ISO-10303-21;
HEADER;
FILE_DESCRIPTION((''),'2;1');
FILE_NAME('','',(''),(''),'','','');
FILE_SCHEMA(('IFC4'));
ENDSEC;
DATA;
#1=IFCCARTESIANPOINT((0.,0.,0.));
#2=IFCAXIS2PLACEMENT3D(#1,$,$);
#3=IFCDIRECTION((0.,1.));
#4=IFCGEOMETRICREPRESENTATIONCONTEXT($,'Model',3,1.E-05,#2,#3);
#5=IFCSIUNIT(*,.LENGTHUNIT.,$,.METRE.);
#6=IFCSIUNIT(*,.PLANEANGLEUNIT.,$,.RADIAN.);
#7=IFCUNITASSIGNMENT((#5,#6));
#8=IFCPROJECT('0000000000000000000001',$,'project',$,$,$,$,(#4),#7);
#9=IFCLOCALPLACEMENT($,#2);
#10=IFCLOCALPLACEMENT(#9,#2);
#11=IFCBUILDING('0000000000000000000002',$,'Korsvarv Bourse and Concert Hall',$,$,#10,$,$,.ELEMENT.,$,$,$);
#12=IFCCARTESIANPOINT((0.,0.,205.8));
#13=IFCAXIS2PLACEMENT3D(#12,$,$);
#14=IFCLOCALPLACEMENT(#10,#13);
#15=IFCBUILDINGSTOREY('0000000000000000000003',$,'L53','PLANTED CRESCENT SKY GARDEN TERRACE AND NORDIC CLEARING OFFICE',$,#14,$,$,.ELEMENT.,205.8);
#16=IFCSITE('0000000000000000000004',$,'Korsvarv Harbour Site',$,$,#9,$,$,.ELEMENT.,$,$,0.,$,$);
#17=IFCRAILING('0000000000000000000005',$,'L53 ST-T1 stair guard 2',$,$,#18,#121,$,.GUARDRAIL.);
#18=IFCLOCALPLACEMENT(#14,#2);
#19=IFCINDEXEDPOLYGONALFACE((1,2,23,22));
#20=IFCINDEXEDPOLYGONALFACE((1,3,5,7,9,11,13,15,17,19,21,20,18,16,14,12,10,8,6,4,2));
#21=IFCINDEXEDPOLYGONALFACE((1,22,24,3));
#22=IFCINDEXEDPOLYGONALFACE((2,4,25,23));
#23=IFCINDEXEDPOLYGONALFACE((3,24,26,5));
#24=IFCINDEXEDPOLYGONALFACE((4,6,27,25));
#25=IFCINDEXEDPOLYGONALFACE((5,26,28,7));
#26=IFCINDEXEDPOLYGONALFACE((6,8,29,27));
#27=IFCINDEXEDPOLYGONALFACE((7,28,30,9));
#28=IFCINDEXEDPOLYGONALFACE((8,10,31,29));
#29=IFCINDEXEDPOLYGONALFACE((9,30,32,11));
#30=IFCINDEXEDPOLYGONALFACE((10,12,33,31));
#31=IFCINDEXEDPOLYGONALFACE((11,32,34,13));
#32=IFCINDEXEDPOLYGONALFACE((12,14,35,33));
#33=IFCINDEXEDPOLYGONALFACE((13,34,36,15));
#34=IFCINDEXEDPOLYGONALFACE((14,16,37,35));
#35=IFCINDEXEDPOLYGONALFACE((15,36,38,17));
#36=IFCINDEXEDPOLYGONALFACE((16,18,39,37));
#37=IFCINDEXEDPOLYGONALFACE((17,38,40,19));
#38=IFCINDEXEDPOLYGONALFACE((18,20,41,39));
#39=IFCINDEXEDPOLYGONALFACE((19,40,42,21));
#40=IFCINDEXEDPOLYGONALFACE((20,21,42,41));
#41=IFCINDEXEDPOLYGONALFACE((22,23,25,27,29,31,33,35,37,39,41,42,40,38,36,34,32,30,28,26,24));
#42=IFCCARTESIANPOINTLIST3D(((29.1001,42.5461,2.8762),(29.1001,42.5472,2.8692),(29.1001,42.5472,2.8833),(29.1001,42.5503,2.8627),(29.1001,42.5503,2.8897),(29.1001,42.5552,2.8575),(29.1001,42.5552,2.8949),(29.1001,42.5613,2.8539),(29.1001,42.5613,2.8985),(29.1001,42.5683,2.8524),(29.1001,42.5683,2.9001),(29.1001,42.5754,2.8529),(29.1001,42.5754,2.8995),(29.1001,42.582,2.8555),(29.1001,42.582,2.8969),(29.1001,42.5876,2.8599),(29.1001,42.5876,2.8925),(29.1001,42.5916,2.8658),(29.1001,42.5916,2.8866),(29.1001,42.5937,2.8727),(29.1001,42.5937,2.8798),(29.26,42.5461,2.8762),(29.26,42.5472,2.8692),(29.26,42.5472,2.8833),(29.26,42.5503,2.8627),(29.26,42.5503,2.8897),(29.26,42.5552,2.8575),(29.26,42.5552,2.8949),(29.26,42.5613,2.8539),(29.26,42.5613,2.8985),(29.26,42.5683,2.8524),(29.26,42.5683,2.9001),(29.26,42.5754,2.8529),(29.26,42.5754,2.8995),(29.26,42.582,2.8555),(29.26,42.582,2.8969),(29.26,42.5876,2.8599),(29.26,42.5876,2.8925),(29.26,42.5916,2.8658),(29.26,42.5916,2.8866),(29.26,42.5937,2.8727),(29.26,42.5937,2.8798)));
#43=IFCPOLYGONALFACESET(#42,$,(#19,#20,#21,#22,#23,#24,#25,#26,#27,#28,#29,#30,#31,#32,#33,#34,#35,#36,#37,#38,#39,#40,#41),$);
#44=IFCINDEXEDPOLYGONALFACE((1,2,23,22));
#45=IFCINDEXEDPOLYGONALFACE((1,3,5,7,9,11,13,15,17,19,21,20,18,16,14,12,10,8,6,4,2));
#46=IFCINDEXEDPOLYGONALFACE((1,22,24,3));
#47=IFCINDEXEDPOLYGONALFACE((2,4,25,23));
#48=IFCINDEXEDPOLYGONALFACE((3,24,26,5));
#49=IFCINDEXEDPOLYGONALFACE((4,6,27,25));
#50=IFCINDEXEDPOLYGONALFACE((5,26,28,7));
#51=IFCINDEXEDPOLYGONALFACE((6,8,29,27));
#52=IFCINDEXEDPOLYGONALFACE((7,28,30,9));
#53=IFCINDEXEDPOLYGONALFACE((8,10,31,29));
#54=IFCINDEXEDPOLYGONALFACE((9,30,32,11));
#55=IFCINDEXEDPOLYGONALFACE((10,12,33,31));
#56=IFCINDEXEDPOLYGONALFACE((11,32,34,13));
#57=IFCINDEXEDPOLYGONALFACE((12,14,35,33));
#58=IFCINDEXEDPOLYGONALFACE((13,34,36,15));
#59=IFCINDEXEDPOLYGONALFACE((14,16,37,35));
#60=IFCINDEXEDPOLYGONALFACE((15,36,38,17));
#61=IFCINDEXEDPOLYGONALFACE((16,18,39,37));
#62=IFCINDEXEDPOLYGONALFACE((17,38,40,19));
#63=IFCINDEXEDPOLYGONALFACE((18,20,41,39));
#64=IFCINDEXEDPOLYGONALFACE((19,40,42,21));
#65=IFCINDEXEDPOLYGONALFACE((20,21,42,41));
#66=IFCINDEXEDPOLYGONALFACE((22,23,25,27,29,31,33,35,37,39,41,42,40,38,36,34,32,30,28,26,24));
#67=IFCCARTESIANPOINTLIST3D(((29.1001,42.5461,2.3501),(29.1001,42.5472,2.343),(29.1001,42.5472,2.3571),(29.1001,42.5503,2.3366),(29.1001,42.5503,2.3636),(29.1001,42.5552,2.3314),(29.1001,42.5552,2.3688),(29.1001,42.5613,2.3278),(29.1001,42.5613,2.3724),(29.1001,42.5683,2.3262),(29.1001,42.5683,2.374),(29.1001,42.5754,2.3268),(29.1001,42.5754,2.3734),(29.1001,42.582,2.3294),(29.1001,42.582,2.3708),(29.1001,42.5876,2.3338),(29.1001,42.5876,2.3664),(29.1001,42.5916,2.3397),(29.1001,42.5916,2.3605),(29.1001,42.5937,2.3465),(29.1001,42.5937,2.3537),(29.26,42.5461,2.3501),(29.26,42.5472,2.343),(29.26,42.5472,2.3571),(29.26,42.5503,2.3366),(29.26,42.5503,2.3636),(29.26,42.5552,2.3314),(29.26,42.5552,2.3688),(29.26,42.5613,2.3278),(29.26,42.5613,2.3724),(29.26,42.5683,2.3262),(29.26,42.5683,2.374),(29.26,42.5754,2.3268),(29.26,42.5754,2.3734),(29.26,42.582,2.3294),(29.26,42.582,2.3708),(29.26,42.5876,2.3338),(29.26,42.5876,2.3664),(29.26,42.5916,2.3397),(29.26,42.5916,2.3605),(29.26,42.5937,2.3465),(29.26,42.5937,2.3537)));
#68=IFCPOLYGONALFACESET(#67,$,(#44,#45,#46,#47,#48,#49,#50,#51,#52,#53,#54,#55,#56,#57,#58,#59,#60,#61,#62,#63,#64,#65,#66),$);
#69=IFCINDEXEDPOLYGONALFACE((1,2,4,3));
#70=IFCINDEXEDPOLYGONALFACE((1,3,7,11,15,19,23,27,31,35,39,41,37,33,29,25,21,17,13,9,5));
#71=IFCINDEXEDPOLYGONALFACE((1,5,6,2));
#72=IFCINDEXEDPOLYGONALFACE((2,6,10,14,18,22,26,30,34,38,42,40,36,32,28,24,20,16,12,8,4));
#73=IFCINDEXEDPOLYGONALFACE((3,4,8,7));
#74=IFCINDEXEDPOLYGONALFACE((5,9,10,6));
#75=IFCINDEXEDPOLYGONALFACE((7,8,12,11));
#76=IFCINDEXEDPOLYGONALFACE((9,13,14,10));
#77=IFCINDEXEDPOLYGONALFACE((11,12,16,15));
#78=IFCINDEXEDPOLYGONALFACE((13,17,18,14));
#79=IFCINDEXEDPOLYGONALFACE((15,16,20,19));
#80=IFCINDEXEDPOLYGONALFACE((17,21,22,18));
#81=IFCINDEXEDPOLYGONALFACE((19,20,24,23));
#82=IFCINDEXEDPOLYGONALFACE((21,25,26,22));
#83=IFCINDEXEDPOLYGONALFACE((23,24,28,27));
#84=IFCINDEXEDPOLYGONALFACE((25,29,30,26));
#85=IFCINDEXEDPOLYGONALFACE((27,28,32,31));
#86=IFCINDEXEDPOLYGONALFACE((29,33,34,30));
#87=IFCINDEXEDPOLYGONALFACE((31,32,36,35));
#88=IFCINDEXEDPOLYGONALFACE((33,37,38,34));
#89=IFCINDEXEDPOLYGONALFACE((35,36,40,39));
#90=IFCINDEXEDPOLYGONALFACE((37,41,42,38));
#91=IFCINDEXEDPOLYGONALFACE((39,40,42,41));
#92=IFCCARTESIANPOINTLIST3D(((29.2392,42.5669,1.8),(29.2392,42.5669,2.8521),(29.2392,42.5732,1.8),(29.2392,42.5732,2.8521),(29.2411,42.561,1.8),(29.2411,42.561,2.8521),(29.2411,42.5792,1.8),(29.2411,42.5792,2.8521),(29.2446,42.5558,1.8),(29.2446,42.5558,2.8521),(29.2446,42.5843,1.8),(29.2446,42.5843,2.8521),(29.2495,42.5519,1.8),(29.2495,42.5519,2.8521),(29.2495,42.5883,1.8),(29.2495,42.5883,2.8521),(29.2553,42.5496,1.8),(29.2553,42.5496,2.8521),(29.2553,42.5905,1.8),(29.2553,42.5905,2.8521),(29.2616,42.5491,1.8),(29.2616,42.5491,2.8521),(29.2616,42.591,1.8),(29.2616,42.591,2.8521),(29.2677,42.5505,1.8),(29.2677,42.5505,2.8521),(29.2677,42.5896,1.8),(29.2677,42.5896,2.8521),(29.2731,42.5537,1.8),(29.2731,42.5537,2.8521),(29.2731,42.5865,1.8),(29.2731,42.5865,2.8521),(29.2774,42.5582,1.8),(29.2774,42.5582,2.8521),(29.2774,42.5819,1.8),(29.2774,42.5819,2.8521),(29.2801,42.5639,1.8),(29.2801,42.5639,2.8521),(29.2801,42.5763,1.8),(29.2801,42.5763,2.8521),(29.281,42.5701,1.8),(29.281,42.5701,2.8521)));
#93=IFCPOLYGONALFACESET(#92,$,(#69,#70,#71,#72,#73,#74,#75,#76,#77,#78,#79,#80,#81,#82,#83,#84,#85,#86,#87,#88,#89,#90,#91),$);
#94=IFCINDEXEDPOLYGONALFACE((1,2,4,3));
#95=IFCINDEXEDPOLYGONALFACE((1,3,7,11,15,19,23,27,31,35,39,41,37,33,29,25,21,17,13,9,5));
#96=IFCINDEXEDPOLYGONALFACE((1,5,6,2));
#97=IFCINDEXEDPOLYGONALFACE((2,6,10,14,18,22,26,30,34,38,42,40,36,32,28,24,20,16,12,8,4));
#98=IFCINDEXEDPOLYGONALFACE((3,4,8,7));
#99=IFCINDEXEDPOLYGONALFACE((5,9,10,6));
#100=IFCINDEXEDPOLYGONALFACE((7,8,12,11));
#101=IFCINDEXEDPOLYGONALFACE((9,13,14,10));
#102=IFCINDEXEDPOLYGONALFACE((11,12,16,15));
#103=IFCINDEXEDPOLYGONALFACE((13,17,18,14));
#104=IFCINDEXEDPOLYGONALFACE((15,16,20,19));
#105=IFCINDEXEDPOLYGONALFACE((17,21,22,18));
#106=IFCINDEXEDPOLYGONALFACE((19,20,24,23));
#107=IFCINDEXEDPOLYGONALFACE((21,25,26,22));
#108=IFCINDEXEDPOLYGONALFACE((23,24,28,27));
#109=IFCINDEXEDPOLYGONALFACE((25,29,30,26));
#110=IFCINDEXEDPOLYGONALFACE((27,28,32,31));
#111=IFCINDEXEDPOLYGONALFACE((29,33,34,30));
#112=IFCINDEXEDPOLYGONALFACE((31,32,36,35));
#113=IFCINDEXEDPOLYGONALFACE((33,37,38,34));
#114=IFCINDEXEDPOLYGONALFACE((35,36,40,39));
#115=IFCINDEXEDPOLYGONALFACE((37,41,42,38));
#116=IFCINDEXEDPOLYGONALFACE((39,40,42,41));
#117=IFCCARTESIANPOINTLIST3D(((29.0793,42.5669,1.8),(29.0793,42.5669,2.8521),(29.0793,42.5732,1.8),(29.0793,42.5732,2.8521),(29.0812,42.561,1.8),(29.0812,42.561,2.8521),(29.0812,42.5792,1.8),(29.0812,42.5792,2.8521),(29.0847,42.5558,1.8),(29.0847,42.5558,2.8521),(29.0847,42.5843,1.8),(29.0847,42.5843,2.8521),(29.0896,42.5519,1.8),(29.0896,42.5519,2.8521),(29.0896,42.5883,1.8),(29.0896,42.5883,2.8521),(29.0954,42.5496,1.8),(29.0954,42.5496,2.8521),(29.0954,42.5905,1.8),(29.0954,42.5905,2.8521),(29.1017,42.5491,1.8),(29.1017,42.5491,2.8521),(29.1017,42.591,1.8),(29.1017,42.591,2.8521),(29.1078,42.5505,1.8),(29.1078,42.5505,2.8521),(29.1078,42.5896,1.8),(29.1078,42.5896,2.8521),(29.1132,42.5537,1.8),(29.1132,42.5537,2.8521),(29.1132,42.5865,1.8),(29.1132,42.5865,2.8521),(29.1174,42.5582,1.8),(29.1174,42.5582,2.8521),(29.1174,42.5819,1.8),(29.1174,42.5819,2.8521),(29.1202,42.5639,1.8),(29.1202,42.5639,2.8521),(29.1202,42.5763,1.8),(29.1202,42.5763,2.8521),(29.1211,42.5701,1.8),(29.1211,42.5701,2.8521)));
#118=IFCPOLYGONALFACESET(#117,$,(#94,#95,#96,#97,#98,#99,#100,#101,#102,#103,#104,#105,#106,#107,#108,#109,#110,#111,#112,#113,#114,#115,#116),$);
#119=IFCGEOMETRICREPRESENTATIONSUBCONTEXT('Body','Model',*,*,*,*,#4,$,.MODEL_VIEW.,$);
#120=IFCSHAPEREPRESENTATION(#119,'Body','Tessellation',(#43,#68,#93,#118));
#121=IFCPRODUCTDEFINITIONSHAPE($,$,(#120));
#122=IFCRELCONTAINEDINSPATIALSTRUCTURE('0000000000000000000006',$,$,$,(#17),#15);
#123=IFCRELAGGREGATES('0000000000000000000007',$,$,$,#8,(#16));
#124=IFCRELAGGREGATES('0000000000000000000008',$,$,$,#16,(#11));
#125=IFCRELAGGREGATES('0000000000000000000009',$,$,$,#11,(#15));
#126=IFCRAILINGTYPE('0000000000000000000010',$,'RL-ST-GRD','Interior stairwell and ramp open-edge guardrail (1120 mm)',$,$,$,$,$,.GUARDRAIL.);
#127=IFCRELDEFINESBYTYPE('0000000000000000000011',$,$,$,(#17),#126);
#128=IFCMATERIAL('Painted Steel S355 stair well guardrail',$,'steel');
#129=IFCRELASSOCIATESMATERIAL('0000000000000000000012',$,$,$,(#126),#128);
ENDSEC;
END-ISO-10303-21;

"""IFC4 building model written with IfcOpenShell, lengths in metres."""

from ifc_helpers import new_model, si_unit, direction, frame, origin, origin_2d, place, context, subcontext, project, spatial, circle, extrude, material, type_object, element, save


model = new_model("IFC4")

# Units and contexts
model_context = context("Model", 3, precision=1e-05, world=origin(), true_north=direction((0.0, 1.0)))
body_context = subcontext(model_context, "Body", "Model", "MODEL_VIEW")
ifc_project = project(units=[si_unit("LENGTHUNIT", "METRE"), si_unit("PLANEANGLEUNIT", "RADIAN")], contexts=[model_context])

# Site, building, storey
site_placement = place(None, origin())
site = spatial("IfcSite", under=ifc_project, at=site_placement, Name="Korsvarv Harbour Site", CompositionType="ELEMENT", RefElevation=0.0)
building_placement = place(site_placement, origin())
building = spatial("IfcBuilding", under=site, at=building_placement, Name="Korsvarv Bourse and Concert Hall", CompositionType="ELEMENT")
storey_placement = place(building_placement, frame((0.0, 0.0, 205.8)))
storey = spatial("IfcBuildingStorey", under=building, at=storey_placement, Name="L53", Description="PLANTED CRESCENT SKY GARDEN TERRACE AND NORDIC CLEARING OFFICE", CompositionType="ELEMENT", Elevation=205.8)

# Railing
ifc_material_1 = material(Name="Painted Steel S355 stair well guardrail", Category="steel")
railing_type = type_object("IfcRailingType", Name="RL-ST-GRD", Description="Interior stairwell and ramp open-edge guardrail (1120 mm)", PredefinedType="GUARDRAIL", material=ifc_material_1)
railing_1_placement = place(storey_placement, frame((29.26, 42.5701, 1.8)))
element("IfcRailing", 1, at=railing_1_placement, inside=storey, type_object=railing_type, Name="L53 ST-T1 stair guard 2", PredefinedType="GUARDRAIL", context=body_context, shape_type="SweptSolid", body=[
    extrude(circle(Radius=0.0239, at=origin_2d()), frame((0.0, 0.0, 1.0762), z_axis=(-1.0, 0.0, 0.0), x_axis=(0.0, -1.0, 0.0)), (0.0, 0.0, 1.0), 0.1599),
    extrude(circle(Radius=0.0239, at=origin_2d()), frame((0.0, 0.0, 0.55), z_axis=(-1.0, 0.0, 0.0), x_axis=(0.0, -1.0, 0.0)), (0.0, 0.0, 1.0), 0.1599),
    extrude(circle(Radius=0.021, at=origin_2d()), origin(), (0.0, 0.0, 1.0), 1.052),
    extrude(circle(Radius=0.021, at=origin_2d()), frame((-0.1599, 0.0, 0.0)), (0.0, 0.0, 1.0), 1.052),
])

save(model, "model.ifc")
